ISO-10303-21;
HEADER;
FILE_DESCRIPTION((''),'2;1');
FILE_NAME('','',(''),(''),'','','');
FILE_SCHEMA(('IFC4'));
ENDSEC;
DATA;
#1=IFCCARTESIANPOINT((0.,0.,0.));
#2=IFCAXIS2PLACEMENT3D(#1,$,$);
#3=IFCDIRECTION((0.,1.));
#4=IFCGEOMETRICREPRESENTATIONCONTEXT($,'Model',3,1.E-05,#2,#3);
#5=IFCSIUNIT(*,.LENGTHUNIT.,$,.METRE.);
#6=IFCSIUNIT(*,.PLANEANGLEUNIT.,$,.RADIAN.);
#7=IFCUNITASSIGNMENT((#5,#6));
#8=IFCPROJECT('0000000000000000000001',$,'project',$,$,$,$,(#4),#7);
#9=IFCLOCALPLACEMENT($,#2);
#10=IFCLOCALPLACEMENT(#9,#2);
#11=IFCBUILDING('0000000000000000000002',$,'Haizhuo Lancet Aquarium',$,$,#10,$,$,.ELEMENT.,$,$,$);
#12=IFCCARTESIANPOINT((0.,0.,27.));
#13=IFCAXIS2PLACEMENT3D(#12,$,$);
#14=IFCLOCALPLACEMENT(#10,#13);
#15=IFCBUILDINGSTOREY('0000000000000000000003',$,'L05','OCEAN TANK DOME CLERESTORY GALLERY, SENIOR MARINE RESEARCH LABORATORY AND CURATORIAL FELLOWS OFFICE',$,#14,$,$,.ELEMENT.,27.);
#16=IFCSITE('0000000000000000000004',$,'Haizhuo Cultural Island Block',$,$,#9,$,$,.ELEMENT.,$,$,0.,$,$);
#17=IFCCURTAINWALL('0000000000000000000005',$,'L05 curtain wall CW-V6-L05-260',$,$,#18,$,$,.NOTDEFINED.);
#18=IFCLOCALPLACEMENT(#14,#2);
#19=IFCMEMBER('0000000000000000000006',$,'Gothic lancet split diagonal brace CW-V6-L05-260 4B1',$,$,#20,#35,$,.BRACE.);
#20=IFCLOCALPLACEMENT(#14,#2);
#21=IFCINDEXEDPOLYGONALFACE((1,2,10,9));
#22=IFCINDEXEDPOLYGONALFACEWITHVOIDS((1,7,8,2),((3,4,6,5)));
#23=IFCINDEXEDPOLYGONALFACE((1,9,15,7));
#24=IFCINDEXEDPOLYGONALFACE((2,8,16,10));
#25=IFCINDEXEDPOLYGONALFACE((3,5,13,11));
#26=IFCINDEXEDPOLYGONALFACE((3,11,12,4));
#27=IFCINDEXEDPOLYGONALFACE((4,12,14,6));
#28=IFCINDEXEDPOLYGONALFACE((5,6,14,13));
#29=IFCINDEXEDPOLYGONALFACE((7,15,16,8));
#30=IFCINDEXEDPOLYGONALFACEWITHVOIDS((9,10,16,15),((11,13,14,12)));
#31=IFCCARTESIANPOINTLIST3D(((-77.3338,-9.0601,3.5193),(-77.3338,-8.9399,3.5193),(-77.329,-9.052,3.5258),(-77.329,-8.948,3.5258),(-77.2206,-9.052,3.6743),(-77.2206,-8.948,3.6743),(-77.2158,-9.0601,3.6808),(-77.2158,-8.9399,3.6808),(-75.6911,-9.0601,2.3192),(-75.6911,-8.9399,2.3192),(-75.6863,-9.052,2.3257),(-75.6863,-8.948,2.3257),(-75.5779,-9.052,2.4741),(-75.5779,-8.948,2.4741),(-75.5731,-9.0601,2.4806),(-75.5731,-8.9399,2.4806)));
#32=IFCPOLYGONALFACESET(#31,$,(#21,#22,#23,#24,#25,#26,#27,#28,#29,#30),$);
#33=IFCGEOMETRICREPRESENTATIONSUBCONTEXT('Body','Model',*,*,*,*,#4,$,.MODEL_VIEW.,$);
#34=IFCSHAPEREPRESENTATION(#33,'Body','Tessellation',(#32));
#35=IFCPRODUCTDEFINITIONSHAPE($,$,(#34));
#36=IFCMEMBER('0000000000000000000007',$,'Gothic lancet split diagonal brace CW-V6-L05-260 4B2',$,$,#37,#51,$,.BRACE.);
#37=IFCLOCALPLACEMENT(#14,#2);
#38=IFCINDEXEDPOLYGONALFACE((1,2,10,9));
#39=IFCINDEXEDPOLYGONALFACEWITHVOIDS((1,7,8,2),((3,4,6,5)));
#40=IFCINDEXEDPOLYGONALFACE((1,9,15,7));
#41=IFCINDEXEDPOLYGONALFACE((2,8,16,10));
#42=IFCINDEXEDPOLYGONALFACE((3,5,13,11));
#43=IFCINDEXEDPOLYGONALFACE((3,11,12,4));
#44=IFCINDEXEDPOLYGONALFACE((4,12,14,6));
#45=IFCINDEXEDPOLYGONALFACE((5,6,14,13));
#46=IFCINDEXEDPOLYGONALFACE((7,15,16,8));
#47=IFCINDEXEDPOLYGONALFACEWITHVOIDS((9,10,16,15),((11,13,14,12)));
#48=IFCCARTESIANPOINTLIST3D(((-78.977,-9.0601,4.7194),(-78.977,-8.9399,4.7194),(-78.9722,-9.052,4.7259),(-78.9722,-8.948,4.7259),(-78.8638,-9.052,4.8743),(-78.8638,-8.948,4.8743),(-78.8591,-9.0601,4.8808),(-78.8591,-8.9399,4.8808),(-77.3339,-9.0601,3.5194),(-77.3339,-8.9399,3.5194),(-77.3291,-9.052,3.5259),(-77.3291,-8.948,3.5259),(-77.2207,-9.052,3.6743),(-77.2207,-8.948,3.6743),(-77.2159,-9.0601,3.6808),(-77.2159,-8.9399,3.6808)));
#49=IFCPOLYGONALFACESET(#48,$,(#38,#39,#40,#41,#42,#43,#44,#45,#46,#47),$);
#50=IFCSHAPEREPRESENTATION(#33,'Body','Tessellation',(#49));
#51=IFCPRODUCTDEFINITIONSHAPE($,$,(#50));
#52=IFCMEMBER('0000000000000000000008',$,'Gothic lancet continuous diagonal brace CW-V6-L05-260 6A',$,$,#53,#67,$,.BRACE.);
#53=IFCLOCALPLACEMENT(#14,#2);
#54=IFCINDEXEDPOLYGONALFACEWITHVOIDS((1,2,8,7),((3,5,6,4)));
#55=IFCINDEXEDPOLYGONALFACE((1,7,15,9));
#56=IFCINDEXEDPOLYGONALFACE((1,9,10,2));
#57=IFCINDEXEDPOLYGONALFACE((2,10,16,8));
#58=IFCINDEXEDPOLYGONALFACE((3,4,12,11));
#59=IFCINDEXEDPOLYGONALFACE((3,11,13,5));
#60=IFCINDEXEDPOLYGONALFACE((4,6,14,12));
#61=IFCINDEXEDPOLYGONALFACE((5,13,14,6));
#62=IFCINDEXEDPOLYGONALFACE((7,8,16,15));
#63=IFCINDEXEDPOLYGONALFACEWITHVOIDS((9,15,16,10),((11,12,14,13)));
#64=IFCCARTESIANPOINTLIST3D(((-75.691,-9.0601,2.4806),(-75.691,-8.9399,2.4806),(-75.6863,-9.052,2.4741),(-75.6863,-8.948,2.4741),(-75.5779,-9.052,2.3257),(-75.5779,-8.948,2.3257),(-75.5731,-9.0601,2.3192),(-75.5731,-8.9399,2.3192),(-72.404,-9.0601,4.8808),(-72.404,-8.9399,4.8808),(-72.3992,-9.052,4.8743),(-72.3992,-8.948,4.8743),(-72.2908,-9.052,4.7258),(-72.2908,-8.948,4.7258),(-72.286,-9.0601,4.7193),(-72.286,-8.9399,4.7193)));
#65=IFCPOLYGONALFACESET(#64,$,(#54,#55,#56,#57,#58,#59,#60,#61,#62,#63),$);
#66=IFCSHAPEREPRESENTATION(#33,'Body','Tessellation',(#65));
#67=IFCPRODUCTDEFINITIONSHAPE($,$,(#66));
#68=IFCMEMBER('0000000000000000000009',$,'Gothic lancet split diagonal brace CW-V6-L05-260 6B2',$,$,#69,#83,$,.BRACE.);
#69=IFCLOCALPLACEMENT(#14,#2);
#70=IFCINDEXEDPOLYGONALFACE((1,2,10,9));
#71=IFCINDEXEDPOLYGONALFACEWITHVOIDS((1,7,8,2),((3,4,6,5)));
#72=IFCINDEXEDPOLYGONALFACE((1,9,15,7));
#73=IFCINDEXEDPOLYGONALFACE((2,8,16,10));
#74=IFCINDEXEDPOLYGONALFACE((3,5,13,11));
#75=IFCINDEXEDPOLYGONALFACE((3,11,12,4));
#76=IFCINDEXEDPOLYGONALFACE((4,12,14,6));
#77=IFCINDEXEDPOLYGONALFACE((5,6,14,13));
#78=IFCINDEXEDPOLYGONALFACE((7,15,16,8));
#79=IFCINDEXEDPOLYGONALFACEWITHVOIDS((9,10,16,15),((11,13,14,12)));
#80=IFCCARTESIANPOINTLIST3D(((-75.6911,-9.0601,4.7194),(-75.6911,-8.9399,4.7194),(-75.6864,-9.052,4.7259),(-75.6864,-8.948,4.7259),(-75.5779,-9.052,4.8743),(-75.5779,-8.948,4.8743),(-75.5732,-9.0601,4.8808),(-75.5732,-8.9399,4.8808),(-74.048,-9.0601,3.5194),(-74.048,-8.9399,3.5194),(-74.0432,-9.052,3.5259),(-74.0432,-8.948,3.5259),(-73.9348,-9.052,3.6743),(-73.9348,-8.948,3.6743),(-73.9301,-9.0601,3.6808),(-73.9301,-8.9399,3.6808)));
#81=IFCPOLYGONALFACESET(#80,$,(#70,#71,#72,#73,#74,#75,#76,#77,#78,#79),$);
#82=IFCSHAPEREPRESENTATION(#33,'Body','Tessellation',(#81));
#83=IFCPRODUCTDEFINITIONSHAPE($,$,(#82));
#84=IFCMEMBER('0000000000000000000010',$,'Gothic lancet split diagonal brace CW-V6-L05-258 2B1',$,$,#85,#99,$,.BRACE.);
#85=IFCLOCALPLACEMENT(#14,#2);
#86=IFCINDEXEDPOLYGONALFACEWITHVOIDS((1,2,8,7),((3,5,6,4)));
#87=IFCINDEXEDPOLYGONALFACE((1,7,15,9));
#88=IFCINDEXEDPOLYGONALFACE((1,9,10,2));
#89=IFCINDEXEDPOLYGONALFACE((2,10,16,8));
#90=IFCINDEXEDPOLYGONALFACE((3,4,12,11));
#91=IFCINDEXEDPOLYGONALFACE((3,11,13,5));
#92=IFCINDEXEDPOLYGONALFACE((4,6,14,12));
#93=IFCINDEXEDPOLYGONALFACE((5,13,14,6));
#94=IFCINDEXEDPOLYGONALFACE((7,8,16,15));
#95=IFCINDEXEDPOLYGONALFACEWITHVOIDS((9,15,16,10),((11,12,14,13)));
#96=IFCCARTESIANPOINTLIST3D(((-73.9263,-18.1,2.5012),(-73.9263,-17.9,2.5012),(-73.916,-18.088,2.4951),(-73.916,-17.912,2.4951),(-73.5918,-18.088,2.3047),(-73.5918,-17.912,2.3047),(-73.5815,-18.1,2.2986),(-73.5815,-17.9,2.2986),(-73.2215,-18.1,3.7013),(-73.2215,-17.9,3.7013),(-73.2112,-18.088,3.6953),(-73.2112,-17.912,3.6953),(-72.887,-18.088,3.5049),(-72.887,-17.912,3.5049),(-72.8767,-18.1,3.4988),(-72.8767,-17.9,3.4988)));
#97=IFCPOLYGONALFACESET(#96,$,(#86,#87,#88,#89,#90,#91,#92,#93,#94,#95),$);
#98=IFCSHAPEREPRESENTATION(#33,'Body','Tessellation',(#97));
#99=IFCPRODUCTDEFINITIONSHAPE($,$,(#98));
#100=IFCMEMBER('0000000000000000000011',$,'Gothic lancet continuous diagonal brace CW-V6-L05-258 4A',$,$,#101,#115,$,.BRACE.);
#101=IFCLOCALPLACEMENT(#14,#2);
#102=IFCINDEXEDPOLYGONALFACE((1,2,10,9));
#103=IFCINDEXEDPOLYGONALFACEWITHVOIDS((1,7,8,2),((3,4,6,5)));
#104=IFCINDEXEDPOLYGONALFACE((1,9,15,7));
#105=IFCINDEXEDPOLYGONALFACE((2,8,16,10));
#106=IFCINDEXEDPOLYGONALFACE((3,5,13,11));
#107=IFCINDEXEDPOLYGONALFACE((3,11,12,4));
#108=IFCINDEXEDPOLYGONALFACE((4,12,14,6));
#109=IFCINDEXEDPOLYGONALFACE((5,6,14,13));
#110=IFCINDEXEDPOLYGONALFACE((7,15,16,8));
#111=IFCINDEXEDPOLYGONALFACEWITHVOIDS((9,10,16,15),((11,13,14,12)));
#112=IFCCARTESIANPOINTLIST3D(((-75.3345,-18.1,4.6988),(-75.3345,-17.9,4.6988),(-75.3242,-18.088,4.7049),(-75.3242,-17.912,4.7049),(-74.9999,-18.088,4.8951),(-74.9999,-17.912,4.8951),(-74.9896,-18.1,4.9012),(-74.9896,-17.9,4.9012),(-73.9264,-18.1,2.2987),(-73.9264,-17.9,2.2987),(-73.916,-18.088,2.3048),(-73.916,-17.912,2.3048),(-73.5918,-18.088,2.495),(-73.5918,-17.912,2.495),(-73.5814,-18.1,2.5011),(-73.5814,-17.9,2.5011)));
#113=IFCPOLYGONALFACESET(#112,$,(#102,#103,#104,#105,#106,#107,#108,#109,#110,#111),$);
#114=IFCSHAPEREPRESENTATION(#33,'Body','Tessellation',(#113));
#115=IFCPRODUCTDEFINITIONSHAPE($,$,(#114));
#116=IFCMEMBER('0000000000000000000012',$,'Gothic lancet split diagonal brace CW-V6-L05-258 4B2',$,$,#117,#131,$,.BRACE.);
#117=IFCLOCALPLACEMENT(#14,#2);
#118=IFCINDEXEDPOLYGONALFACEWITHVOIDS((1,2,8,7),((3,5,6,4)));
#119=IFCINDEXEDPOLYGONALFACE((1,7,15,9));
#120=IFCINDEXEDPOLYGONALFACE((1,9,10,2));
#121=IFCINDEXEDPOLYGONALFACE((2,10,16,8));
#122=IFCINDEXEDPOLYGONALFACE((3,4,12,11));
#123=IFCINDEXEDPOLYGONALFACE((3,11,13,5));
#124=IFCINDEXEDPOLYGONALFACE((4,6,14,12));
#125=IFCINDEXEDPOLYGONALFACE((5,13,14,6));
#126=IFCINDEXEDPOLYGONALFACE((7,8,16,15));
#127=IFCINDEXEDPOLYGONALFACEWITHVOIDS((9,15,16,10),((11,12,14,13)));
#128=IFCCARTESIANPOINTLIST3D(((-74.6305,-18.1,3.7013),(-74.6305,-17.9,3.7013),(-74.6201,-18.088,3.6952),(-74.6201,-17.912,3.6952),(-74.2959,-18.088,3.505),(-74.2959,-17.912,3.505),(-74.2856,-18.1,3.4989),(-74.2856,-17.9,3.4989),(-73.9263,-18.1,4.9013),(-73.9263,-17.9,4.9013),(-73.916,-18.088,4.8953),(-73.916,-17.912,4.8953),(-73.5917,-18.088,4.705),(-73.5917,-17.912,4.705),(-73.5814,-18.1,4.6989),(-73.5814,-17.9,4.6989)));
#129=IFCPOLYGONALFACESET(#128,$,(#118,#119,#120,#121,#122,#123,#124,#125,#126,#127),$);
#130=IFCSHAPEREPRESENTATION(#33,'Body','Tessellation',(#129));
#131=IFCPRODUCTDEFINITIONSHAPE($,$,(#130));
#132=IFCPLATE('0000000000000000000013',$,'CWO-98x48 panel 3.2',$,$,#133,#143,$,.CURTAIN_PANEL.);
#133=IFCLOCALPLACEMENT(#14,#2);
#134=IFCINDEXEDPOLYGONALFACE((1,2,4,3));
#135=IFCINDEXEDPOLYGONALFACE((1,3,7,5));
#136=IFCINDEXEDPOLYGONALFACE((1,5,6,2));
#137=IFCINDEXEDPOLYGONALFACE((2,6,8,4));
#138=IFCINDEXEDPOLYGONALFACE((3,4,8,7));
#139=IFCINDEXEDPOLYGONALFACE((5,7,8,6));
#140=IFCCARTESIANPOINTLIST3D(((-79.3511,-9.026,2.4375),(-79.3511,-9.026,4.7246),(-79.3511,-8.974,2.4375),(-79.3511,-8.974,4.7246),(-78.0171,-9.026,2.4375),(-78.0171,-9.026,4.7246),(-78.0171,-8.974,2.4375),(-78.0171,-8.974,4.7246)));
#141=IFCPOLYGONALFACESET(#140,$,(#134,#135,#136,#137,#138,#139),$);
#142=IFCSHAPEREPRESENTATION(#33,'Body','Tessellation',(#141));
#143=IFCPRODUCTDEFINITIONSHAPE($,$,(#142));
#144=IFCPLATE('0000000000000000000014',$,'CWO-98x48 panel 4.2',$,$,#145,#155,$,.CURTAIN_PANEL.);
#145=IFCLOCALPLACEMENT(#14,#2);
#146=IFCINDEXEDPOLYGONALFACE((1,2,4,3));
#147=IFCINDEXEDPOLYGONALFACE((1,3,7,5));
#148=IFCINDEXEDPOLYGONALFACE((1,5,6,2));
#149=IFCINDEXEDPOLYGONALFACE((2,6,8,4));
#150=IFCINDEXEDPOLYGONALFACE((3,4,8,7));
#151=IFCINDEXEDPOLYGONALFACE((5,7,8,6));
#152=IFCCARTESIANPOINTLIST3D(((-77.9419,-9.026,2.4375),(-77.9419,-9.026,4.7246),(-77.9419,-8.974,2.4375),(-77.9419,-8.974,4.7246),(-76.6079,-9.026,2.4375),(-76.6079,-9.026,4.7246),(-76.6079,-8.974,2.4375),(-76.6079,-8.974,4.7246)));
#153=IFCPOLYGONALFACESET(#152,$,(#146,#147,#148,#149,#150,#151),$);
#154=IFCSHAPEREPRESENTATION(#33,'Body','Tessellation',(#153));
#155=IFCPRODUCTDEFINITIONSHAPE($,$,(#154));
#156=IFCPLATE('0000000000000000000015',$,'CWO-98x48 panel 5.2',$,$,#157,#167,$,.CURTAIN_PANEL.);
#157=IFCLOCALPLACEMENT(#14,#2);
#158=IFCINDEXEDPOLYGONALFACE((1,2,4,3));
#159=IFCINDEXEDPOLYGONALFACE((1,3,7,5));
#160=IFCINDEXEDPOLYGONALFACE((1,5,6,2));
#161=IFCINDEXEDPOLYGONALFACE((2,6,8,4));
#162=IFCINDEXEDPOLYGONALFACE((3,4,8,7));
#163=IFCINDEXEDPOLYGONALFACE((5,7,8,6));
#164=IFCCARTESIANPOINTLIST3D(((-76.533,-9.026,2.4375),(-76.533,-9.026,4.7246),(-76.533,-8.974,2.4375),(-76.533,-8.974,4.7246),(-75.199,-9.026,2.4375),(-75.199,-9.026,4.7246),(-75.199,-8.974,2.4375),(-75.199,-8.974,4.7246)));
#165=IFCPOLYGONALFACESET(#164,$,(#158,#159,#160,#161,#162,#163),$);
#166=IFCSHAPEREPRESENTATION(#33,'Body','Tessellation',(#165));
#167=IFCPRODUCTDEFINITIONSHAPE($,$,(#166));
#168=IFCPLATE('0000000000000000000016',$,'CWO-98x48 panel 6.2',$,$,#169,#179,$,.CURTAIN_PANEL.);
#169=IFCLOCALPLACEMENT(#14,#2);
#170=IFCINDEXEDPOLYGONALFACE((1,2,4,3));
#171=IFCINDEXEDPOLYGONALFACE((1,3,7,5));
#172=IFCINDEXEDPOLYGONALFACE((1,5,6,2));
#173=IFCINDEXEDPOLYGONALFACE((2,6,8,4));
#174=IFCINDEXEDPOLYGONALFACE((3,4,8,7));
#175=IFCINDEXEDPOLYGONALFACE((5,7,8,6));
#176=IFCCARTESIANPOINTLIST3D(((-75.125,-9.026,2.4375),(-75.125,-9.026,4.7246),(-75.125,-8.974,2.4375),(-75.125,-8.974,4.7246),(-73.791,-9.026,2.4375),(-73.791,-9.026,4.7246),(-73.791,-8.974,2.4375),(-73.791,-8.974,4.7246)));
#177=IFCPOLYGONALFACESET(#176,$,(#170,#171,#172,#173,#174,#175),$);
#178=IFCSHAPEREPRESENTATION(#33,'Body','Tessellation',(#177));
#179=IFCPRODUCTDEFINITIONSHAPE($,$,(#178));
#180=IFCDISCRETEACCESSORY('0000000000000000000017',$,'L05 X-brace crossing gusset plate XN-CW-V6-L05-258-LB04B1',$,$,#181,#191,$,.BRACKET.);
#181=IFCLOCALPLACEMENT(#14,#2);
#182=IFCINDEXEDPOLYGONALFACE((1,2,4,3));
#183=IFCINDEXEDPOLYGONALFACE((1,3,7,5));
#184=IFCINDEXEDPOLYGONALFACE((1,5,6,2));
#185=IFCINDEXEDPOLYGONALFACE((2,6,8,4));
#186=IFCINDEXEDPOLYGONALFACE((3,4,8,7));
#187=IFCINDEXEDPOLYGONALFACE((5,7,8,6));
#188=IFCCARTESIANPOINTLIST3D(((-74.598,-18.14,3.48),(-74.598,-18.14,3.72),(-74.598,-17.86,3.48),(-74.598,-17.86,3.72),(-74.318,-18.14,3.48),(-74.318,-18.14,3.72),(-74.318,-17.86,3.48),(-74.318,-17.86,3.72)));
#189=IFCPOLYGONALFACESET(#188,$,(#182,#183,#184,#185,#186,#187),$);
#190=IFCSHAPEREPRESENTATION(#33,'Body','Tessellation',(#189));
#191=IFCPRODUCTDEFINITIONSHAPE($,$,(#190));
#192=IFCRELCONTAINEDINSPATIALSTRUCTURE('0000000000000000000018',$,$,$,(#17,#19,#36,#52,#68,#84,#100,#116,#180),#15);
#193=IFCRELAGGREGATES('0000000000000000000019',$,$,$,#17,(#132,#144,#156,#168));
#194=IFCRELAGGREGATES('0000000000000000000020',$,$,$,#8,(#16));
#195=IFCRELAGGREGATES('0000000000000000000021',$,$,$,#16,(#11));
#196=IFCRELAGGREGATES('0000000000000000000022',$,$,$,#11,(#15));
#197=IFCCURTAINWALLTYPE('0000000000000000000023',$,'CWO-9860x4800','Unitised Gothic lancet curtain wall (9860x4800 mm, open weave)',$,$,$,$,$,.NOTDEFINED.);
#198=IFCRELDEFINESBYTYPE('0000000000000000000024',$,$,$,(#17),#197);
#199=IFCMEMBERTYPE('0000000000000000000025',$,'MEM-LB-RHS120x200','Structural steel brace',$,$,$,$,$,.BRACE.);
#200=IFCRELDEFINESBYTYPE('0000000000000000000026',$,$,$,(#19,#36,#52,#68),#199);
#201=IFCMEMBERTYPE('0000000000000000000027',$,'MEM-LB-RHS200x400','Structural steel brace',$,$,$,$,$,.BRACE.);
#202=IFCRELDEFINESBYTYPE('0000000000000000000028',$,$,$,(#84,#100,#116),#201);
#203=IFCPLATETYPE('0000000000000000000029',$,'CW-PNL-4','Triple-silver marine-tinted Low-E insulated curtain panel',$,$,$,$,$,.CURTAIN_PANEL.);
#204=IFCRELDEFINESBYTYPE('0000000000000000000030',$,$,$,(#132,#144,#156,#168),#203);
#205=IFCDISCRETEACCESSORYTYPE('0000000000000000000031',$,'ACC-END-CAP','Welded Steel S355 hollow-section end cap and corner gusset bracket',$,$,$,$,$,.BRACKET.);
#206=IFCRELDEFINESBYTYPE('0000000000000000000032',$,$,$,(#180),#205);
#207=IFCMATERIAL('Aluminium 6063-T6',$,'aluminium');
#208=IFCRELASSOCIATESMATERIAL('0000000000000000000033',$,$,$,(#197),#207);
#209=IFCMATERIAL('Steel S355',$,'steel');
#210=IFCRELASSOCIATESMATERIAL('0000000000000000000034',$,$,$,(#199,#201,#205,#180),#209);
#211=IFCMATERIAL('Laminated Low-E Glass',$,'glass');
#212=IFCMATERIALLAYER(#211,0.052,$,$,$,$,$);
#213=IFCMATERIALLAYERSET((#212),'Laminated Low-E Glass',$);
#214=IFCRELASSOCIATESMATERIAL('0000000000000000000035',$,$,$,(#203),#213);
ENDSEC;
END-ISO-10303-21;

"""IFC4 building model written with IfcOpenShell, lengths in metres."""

from ifc_helpers import new_model, si_unit, direction, frame, origin, origin_2d, place, context, subcontext, project, spatial, rectangle, hollow_rectangle, extrude, material, layer, layer_set, material_profile, profile_set, type_object, element, aggregate, save


model = new_model("IFC4")

# Units and contexts
model_context = context("Model", 3, precision=1e-05, world=origin(), true_north=direction((0.0, 1.0)))
body_context = subcontext(model_context, "Body", "Model", "MODEL_VIEW")
ifc_project = project(units=[si_unit("LENGTHUNIT", "METRE"), si_unit("PLANEANGLEUNIT", "RADIAN")], contexts=[model_context])

# Site, building, storey
site_placement = place(None, origin())
site = spatial("IfcSite", under=ifc_project, at=site_placement, Name="Haizhuo Cultural Island Block", CompositionType="ELEMENT", RefElevation=0.0)
building_placement = place(site_placement, origin())
building = spatial("IfcBuilding", under=site, at=building_placement, Name="Haizhuo Lancet Aquarium", CompositionType="ELEMENT")
storey_placement = place(building_placement, frame((0.0, 0.0, 27.0)))
storey = spatial("IfcBuildingStorey", under=building, at=storey_placement, Name="L05", Description="OCEAN TANK DOME CLERESTORY GALLERY, SENIOR MARINE RESEARCH LABORATORY AND CURATORIAL FELLOWS OFFICE", CompositionType="ELEMENT", Elevation=27.0)

# Curtain wall
ifc_material_1 = material(Name="Aluminium 6063-T6", Category="aluminium")
curtain_wall_type_1 = type_object("IfcCurtainWallType", Name="CWO-9860x4800", Description="Unitised Gothic lancet curtain wall (9860x4800 mm, open weave)", PredefinedType="NOTDEFINED", material=ifc_material_1)
curtain_wall_1_placement = place(storey_placement, origin())
curtain_wall_1 = element("IfcCurtainWall", 1, at=curtain_wall_1_placement, inside=storey, type_object=curtain_wall_type_1, Name="L05 curtain wall CW-V6-L05-260", PredefinedType="NOTDEFINED")

# Members
ifc_material_2 = material(Name="Steel S355", Category="steel")
ifc_material_profile_1 = material_profile(ifc_material_2, hollow_rectangle(XDim=0.1201, YDim=0.2, WallThickness=0.0081, at=origin_2d()), Name="RHS 120x200x8")
ifc_profile_set_1 = profile_set([ifc_material_profile_1], Name="Steel S355")
member_type_1 = type_object("IfcMemberType", Name="MEM-LB-RHS120x200", Description="Structural steel brace", PredefinedType="BRACE", material=ifc_profile_set_1)
member_1_placement = place(storey_placement, frame((-75.6321, -9.0, 2.3999), z_axis=(-0.807468, 0.0, 0.589911), x_axis=(0.0, -1.0, 0.0)))
element("IfcMember", 2, at=member_1_placement, inside=storey, type_object=member_type_1, Name="Gothic lancet split diagonal brace CW-V6-L05-260 4B1", PredefinedType="BRACE", context=body_context, shape_type="SweptSolid", body=[
    extrude(hollow_rectangle(XDim=0.1201, YDim=0.2, WallThickness=0.0081, at=origin_2d()), origin(), (0.0, 0.0, 1.0), 2.0344),
])
member_2_placement = place(storey_placement, frame((-77.2749, -9.0, 3.6001), z_axis=(-0.807567, 0.0, 0.589776), x_axis=(0.0, -1.0, 0.0)))
element("IfcMember", 3, at=member_2_placement, inside=storey, type_object=member_type_1, Name="Gothic lancet split diagonal brace CW-V6-L05-260 4B2", PredefinedType="BRACE", context=body_context, shape_type="SweptSolid", body=[
    extrude(hollow_rectangle(XDim=0.1201, YDim=0.2, WallThickness=0.0081, at=origin_2d()), origin(), (0.0, 0.0, 1.0), 2.0347),
])
member_3_placement = place(storey_placement, frame((-75.6321, -9.0, 2.3999), z_axis=(0.807622, 0.0, 0.589701), x_axis=(0.0, 1.0, 0.0)))
element("IfcMember", 4, at=member_3_placement, inside=storey, type_object=member_type_1, Name="Gothic lancet continuous diagonal brace CW-V6-L05-260 6A", PredefinedType="BRACE", context=body_context, shape_type="SweptSolid", body=[
    extrude(hollow_rectangle(XDim=0.1201, YDim=0.2, WallThickness=0.0081, at=origin_2d()), origin(), (0.0, 0.0, 1.0), 4.0701),
])
member_4_placement = place(storey_placement, frame((-73.989, -9.0, 3.6001), z_axis=(-0.807567, 0.0, 0.589776), x_axis=(0.0, -1.0, 0.0)))
element("IfcMember", 5, at=member_4_placement, inside=storey, type_object=member_type_1, Name="Gothic lancet split diagonal brace CW-V6-L05-260 6B2", PredefinedType="BRACE", context=body_context, shape_type="SweptSolid", body=[
    extrude(hollow_rectangle(XDim=0.1201, YDim=0.2, WallThickness=0.0081, at=origin_2d()), origin(), (0.0, 0.0, 1.0), 2.0347),
])
ifc_material_profile_2 = material_profile(ifc_material_2, hollow_rectangle(XDim=0.2, YDim=0.3999, WallThickness=0.012, at=origin_2d()), Name="RHS 200x400x12")
ifc_profile_set_2 = profile_set([ifc_material_profile_2], Name="Steel S355")
member_type_2 = type_object("IfcMemberType", Name="MEM-LB-RHS200x400", Description="Structural steel brace", PredefinedType="BRACE", material=ifc_profile_set_2)
member_5_placement = place(storey_placement, frame((-73.7539, -18.0, 2.3999), z_axis=(0.506399, 0.0, 0.862299), x_axis=(0.0, 1.0, 0.0)))
element("IfcMember", 6, at=member_5_placement, inside=storey, type_object=member_type_2, Name="Gothic lancet split diagonal brace CW-V6-L05-258 2B1", PredefinedType="BRACE", context=body_context, shape_type="SweptSolid", body=[
    extrude(hollow_rectangle(XDim=0.2, YDim=0.3999, WallThickness=0.012, at=origin_2d()), origin(), (0.0, 0.0, 1.0), 1.3918),
])
member_6_placement = place(storey_placement, frame((-73.7539, -18.0, 2.3999), z_axis=(-0.506046, 0.0, 0.862507), x_axis=(0.0, -1.0, 0.0)))
element("IfcMember", 7, at=member_6_placement, inside=storey, type_object=member_type_2, Name="Gothic lancet continuous diagonal brace CW-V6-L05-258 4A", PredefinedType="BRACE", context=body_context, shape_type="SweptSolid", body=[
    extrude(hollow_rectangle(XDim=0.2, YDim=0.3999, WallThickness=0.012, at=origin_2d()), origin(), (0.0, 0.0, 1.0), 2.7827),
])
member_7_placement = place(storey_placement, frame((-74.458, -18.0, 3.6001), z_axis=(0.506084, 0.0, 0.862484), x_axis=(0.0, 1.0, 0.0)))
element("IfcMember", 8, at=member_7_placement, inside=storey, type_object=member_type_2, Name="Gothic lancet split diagonal brace CW-V6-L05-258 4B2", PredefinedType="BRACE", context=body_context, shape_type="SweptSolid", body=[
    extrude(hollow_rectangle(XDim=0.2, YDim=0.3999, WallThickness=0.012, at=origin_2d()), origin(), (0.0, 0.0, 1.0), 1.3914),
])

# Plates
ifc_material_3 = material(Name="Laminated Low-E Glass", Category="glass")
ifc_layer = layer(ifc_material_3, 0.052)
ifc_layer_set = layer_set([ifc_layer], Name="Laminated Low-E Glass")
plate_type = type_object("IfcPlateType", Name="CW-PNL-4", Description="Triple-silver marine-tinted Low-E insulated curtain panel", PredefinedType="CURTAIN_PANEL", material=ifc_layer_set)
plate_1_placement = place(storey_placement, frame((-78.6841, -9.0, 2.4375), z_axis=(0.0, 0.0, 1.0), x_axis=(1.0, 0.0, 0.0)))
plate_1 = element("IfcPlate", 9, at=plate_1_placement, type_object=plate_type, Name="CWO-98x48 panel 3.2", PredefinedType="CURTAIN_PANEL", context=body_context, shape_type="SweptSolid", body=[
    extrude(rectangle(XDim=1.334, YDim=0.052, at=origin_2d()), origin(), (0.0, 0.0, 1.0), 2.2871),
])
plate_2_placement = place(storey_placement, frame((-77.2749, -9.0, 2.4375), z_axis=(0.0, 0.0, 1.0), x_axis=(1.0, 0.0, 0.0)))
plate_2 = element("IfcPlate", 10, at=plate_2_placement, type_object=plate_type, Name="CWO-98x48 panel 4.2", PredefinedType="CURTAIN_PANEL", context=body_context, shape_type="SweptSolid", body=[
    extrude(rectangle(XDim=1.334, YDim=0.052, at=origin_2d()), origin(), (0.0, 0.0, 1.0), 2.2871),
])
plate_3_placement = place(storey_placement, frame((-75.866, -9.0, 2.4375), z_axis=(0.0, 0.0, 1.0), x_axis=(1.0, 0.0, 0.0)))
plate_3 = element("IfcPlate", 11, at=plate_3_placement, type_object=plate_type, Name="CWO-98x48 panel 5.2", PredefinedType="CURTAIN_PANEL", context=body_context, shape_type="SweptSolid", body=[
    extrude(rectangle(XDim=1.334, YDim=0.052, at=origin_2d()), origin(), (0.0, 0.0, 1.0), 2.2871),
])
plate_4_placement = place(storey_placement, frame((-74.458, -9.0, 2.4375), z_axis=(0.0, 0.0, 1.0), x_axis=(1.0, 0.0, 0.0)))
plate_4 = element("IfcPlate", 12, at=plate_4_placement, type_object=plate_type, Name="CWO-98x48 panel 6.2", PredefinedType="CURTAIN_PANEL", context=body_context, shape_type="SweptSolid", body=[
    extrude(rectangle(XDim=1.334, YDim=0.052, at=origin_2d()), origin(), (0.0, 0.0, 1.0), 2.2871),
])
aggregate(curtain_wall_1, [plate_1, plate_2, plate_3, plate_4])

# Discrete accessory
discrete_accessory_type = type_object("IfcDiscreteAccessoryType", Name="ACC-END-CAP", Description="Welded Steel S355 hollow-section end cap and corner gusset bracket", PredefinedType="BRACKET", material=ifc_material_2)
for number, where, z_axis, x_axis, name in (
    (13, (-74.458, -18.0, 3.48), (0.0, 0.0, 1.0), (1.0, 0.0, 0.0), "L05 X-brace crossing gusset plate XN-CW-V6-L05-258-LB04B1"),
):
    element("IfcDiscreteAccessory", number, at=place(storey_placement, frame(where, z_axis=z_axis, x_axis=x_axis)), inside=storey, type_object=discrete_accessory_type, material=ifc_material_2, Name=name, PredefinedType="BRACKET", context=body_context, shape_type="SweptSolid", body=[
        extrude(rectangle(XDim=0.28, YDim=0.28, at=origin_2d()), origin(), (0.0, 0.0, 1.0), 0.24),
    ])

save(model, "model.ifc")
